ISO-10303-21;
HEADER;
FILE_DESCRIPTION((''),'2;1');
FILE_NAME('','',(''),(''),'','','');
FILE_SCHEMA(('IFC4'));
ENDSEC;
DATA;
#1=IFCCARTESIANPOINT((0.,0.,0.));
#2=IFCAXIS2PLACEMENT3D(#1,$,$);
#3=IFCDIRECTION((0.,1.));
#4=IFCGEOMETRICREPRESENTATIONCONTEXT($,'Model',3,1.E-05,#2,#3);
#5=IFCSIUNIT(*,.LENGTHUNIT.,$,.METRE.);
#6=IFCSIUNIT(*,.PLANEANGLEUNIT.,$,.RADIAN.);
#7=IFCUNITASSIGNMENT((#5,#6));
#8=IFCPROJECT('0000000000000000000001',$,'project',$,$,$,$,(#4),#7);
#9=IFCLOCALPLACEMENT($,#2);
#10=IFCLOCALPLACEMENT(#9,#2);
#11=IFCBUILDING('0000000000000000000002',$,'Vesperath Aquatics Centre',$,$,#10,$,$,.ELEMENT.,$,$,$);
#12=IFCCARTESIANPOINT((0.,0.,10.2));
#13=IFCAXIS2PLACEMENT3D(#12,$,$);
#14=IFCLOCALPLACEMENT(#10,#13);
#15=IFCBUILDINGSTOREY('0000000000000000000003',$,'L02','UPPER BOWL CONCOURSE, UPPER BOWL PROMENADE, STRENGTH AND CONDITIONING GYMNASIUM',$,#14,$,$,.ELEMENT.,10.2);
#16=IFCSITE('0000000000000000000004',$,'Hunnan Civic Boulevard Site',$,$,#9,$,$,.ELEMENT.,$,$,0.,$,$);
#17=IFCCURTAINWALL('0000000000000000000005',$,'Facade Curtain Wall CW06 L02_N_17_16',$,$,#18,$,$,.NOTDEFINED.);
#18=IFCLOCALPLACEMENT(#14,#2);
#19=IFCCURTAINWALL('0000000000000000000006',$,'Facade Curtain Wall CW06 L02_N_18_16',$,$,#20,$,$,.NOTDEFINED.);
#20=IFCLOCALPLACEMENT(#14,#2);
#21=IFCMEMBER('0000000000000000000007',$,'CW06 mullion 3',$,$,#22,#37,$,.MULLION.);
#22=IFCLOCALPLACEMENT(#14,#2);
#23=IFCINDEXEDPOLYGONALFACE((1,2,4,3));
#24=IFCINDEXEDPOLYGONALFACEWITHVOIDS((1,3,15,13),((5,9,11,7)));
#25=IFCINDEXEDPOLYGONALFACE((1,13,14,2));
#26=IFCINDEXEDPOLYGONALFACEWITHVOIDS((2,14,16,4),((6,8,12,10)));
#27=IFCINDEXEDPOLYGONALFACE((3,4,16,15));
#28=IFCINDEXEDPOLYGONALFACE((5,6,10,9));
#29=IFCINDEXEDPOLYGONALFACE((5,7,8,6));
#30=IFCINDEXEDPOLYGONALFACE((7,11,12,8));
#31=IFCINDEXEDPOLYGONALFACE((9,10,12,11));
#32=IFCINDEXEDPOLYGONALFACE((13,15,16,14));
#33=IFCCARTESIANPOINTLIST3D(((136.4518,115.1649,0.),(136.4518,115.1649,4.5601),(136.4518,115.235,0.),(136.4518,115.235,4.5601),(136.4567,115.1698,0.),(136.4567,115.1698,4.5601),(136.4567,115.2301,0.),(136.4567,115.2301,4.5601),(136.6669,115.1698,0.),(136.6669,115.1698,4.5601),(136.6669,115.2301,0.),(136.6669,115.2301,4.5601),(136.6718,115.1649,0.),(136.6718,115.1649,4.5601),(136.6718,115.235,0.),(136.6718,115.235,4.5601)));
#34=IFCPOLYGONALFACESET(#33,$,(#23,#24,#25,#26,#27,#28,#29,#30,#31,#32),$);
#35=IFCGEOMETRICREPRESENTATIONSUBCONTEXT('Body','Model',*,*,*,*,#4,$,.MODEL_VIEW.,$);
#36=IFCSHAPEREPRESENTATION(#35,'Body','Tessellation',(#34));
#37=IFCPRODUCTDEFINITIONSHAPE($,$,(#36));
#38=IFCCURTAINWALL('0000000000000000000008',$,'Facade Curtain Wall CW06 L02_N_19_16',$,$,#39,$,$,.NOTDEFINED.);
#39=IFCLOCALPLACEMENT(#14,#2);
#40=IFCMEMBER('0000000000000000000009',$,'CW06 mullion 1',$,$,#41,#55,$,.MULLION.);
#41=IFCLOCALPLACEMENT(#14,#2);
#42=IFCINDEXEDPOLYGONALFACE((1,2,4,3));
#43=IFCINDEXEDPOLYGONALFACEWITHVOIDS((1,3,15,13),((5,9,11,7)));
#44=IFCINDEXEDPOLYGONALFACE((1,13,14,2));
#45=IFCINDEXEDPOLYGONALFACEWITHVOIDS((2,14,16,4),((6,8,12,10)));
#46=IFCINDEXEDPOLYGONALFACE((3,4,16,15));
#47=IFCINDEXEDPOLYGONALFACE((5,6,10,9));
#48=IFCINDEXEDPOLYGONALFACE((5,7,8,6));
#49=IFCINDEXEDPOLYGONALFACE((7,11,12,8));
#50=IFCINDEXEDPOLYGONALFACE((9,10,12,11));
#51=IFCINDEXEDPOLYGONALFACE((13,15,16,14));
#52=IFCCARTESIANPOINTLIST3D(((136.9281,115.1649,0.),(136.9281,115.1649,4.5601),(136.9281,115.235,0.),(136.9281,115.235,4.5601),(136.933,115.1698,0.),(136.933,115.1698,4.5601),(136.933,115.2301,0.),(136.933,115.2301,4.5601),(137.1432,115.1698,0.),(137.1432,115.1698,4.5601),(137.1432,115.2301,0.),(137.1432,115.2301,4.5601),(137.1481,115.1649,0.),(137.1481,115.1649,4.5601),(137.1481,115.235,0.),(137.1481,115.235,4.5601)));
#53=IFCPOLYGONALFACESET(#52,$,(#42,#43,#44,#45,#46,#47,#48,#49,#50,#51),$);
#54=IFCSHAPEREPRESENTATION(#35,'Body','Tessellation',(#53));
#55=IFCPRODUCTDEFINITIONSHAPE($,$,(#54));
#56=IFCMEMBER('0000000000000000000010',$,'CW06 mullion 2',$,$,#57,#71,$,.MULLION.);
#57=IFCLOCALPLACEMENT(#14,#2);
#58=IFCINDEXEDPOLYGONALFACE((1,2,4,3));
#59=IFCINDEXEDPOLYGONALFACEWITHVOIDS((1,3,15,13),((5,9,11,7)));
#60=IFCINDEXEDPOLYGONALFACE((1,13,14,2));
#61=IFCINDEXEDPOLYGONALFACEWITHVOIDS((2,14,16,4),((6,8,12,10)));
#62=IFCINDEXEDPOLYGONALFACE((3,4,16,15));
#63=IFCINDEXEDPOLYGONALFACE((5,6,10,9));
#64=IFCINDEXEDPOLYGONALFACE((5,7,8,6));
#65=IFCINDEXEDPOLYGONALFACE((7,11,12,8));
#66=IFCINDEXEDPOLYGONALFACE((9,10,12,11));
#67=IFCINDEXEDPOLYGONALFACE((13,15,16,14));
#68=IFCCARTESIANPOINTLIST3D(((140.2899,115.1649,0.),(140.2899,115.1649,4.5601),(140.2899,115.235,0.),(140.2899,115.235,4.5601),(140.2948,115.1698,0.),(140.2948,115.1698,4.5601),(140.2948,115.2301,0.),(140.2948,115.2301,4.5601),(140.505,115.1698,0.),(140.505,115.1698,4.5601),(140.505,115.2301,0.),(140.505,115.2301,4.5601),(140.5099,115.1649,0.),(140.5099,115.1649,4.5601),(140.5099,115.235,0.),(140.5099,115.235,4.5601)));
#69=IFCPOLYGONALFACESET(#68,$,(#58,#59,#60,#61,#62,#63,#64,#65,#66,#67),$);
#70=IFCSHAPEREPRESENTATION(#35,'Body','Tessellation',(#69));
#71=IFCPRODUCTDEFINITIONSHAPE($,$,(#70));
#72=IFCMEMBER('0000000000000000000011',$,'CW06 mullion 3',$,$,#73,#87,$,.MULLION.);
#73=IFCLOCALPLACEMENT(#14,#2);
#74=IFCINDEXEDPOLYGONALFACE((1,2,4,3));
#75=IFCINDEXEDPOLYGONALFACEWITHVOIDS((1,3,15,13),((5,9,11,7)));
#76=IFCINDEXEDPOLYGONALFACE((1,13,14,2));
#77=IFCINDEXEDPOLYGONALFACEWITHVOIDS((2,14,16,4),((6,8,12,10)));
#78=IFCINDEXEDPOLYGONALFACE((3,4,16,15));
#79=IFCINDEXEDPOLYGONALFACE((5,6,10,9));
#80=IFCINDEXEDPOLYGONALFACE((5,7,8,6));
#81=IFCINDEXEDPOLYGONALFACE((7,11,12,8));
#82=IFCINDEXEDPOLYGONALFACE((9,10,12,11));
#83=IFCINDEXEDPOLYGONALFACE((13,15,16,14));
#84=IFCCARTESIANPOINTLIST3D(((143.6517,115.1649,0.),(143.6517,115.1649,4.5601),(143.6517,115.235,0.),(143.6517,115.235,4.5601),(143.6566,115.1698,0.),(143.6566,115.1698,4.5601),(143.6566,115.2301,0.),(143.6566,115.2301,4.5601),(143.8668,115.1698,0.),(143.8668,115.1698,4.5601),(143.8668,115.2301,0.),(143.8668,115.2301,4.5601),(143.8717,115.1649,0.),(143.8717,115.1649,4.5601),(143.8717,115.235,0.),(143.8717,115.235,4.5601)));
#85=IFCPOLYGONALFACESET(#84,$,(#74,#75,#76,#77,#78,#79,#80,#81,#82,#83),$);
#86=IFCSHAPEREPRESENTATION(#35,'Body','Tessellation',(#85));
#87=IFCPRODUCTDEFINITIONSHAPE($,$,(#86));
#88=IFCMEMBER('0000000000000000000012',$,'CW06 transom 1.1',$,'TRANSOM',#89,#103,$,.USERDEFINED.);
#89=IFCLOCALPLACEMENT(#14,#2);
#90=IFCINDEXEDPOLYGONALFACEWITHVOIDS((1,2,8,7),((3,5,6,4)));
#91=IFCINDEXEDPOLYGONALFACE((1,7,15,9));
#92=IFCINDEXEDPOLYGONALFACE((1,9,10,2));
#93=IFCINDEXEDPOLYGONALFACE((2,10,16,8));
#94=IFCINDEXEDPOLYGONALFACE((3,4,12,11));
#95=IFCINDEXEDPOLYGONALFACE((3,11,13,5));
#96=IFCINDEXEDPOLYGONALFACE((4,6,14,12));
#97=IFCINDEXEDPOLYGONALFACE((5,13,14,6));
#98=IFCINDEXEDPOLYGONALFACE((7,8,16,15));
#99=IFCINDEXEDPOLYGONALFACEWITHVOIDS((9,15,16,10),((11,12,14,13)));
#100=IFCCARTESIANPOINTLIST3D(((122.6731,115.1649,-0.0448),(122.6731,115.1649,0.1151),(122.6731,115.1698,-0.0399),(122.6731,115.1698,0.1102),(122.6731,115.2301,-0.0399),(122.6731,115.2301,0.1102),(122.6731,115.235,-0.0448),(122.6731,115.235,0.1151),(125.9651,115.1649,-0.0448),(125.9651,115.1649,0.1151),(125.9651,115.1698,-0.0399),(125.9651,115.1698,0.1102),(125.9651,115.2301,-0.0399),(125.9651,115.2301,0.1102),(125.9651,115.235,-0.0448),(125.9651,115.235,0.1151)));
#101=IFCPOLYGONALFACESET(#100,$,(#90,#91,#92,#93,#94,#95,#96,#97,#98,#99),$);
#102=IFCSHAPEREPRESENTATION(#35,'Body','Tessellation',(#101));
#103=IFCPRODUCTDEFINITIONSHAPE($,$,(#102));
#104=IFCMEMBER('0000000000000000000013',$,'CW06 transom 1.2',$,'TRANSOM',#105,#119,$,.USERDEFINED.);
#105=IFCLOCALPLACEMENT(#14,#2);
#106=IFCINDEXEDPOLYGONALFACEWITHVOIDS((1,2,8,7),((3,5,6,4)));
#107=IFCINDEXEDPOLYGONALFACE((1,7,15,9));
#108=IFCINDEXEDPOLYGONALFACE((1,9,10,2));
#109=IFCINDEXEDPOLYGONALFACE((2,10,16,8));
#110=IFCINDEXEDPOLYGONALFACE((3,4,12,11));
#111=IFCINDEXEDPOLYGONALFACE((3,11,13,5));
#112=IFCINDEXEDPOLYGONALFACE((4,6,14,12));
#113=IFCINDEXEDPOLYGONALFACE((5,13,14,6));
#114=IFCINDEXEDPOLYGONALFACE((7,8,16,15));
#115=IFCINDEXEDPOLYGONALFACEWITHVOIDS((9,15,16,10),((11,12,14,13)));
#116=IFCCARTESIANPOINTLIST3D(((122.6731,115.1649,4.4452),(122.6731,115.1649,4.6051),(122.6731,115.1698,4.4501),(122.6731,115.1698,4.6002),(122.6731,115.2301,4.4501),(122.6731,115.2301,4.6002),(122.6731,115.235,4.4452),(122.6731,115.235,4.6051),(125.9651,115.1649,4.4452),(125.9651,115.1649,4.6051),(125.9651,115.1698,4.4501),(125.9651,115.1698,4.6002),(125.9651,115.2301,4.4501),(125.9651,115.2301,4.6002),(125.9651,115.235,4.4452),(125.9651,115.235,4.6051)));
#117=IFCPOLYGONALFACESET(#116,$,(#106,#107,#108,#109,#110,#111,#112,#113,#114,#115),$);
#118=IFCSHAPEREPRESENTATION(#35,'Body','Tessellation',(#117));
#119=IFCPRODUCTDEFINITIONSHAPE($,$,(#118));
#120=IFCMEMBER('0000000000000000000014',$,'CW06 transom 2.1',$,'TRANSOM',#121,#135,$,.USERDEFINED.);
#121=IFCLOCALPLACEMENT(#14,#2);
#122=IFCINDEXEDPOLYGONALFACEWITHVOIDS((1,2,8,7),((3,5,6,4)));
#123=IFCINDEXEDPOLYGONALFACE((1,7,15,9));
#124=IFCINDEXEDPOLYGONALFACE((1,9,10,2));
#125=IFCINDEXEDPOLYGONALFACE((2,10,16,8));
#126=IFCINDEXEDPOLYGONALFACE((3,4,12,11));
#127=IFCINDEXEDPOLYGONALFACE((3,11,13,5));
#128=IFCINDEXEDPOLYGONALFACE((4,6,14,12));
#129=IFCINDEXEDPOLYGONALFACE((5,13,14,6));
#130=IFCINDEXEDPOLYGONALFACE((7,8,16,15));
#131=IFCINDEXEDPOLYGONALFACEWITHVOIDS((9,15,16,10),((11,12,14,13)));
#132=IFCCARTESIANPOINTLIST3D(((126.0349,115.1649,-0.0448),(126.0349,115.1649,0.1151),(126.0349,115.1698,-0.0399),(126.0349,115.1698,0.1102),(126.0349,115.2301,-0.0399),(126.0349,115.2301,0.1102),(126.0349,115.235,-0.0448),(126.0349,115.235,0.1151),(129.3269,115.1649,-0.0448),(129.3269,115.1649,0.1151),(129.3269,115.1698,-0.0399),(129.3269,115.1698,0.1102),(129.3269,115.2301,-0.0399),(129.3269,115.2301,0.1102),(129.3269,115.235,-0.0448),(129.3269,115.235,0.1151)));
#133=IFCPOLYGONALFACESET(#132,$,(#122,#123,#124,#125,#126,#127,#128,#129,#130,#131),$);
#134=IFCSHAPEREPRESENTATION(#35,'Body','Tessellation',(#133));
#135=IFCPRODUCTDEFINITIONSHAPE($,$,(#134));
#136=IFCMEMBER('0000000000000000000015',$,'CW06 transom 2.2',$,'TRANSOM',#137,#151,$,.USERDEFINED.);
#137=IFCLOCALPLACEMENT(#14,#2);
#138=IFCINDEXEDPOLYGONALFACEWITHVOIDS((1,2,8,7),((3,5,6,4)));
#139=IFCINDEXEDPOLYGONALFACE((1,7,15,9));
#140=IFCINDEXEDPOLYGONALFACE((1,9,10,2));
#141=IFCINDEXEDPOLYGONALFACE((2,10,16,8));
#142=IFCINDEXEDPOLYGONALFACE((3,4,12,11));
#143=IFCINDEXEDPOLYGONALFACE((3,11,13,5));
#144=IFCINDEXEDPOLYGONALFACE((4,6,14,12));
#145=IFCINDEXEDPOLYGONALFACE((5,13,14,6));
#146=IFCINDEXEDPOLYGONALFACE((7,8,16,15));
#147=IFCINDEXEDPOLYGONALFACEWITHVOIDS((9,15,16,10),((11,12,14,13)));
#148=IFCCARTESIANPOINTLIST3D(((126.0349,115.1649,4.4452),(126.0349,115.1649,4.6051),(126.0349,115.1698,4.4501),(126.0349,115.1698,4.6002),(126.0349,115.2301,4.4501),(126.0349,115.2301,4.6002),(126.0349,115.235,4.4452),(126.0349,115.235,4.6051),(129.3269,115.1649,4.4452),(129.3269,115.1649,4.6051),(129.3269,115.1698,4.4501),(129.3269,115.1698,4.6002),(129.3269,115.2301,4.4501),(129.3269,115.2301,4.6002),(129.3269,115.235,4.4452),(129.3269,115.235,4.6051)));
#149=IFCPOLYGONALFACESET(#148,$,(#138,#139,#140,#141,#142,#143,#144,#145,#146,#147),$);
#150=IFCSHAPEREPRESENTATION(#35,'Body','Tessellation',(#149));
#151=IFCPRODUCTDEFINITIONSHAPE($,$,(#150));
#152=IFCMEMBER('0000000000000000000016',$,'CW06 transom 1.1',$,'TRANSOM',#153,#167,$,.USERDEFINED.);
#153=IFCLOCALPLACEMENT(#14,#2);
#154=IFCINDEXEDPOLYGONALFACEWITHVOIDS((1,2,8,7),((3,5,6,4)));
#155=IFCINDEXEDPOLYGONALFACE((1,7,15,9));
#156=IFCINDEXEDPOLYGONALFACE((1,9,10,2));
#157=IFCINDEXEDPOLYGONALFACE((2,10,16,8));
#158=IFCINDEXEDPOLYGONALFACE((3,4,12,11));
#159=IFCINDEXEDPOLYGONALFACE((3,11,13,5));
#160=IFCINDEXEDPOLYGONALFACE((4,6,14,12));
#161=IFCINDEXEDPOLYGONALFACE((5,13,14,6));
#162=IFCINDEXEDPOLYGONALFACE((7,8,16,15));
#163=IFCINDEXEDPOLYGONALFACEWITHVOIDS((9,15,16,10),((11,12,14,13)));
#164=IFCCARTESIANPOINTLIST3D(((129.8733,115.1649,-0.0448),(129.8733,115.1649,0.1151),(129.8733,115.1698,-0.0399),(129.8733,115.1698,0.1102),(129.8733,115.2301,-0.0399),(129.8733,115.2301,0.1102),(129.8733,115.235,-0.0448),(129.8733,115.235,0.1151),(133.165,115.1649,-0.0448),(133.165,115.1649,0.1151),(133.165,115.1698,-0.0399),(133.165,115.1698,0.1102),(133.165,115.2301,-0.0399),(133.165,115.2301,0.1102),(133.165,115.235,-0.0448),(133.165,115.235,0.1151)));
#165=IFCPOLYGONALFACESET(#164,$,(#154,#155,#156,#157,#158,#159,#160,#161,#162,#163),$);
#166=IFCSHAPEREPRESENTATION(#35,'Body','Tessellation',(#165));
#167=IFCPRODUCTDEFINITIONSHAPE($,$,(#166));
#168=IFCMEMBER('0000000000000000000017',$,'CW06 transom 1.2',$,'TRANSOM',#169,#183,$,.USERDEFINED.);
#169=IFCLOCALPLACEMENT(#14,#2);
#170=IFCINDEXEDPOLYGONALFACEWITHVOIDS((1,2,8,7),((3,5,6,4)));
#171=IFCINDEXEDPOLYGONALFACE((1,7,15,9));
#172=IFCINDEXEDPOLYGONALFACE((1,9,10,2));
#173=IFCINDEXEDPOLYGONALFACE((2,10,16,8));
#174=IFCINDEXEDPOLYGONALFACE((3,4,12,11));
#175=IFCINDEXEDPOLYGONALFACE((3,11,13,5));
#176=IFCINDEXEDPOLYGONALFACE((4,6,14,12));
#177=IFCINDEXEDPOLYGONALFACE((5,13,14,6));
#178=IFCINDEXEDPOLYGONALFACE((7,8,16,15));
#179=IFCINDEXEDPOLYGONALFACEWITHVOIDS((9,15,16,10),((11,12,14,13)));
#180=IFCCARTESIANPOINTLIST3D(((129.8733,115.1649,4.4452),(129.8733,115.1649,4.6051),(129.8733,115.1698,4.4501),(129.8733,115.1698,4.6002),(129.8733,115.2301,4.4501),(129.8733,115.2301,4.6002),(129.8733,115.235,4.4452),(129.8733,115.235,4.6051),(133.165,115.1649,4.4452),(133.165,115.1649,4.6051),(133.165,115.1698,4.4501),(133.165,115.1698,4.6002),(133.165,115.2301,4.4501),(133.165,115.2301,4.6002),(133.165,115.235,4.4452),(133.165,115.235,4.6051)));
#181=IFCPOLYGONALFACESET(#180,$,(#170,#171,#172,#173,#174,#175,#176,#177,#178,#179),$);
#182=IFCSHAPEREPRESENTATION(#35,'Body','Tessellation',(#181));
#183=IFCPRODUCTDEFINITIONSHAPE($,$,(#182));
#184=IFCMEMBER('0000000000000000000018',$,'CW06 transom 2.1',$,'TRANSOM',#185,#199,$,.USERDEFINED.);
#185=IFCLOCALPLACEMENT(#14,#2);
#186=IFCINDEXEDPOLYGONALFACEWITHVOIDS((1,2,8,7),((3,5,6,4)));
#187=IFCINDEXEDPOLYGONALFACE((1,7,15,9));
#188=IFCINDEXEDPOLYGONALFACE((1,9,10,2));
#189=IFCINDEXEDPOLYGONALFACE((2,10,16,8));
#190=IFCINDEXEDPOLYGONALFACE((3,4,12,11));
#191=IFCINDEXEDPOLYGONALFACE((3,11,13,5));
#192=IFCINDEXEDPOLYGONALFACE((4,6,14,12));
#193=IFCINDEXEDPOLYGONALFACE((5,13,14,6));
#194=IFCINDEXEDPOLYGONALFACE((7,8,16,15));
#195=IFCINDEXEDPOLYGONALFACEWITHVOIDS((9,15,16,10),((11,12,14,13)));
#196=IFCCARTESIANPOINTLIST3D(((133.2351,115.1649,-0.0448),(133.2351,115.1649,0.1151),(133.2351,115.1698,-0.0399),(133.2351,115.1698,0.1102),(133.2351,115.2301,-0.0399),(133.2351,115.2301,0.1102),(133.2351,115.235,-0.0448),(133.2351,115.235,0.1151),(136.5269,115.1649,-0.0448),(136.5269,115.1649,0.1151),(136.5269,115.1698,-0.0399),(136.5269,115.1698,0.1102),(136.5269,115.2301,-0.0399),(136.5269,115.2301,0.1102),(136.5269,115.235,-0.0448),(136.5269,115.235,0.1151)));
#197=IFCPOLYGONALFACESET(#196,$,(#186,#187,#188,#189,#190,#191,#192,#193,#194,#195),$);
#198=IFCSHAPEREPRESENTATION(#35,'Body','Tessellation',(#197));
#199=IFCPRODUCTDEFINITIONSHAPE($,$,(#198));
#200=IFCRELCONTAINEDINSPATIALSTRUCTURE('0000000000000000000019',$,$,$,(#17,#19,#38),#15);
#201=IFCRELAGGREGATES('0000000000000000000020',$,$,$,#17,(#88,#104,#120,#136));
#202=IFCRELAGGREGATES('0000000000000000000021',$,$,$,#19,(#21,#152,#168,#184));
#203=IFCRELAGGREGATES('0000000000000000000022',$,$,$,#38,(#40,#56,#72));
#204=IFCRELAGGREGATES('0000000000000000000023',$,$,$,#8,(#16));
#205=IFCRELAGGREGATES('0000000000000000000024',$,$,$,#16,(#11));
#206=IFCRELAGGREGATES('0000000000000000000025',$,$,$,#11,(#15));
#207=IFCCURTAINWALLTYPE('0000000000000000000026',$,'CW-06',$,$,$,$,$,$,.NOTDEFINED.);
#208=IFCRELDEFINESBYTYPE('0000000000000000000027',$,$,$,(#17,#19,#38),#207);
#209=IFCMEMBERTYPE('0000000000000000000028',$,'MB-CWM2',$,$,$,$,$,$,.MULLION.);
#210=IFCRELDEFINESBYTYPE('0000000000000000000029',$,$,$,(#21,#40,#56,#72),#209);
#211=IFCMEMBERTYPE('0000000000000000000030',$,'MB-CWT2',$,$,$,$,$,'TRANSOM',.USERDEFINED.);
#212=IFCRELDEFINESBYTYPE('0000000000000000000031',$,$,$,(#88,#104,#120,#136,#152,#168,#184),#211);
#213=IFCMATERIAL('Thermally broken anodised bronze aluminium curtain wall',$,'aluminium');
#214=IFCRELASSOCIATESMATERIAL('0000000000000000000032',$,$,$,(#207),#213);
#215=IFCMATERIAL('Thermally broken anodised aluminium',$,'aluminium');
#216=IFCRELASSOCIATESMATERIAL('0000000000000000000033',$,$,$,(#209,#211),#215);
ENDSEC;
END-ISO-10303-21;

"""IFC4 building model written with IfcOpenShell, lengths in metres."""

from ifc_helpers import new_model, si_unit, direction, frame, origin, origin_2d, place, context, subcontext, project, spatial, hollow_rectangle, extrude, material, material_profile, profile_set, type_object, element, aggregate, save


model = new_model("IFC4")

# Units and contexts
model_context = context("Model", 3, precision=1e-05, world=origin(), true_north=direction((0.0, 1.0)))
body_context = subcontext(model_context, "Body", "Model", "MODEL_VIEW")
ifc_project = project(units=[si_unit("LENGTHUNIT", "METRE"), si_unit("PLANEANGLEUNIT", "RADIAN")], contexts=[model_context])

# Site, building, storey
site_placement = place(None, origin())
site = spatial("IfcSite", under=ifc_project, at=site_placement, Name="Hunnan Civic Boulevard Site", CompositionType="ELEMENT", RefElevation=0.0)
building_placement = place(site_placement, origin())
building = spatial("IfcBuilding", under=site, at=building_placement, Name="Vesperath Aquatics Centre", CompositionType="ELEMENT")
storey_placement = place(building_placement, frame((0.0, 0.0, 10.2)))
storey = spatial("IfcBuildingStorey", under=building, at=storey_placement, Name="L02", Description="UPPER BOWL CONCOURSE, UPPER BOWL PROMENADE, STRENGTH AND CONDITIONING GYMNASIUM", CompositionType="ELEMENT", Elevation=10.2)

# Curtain walls, members
ifc_material_1 = material(Name="Thermally broken anodised bronze aluminium curtain wall", Category="aluminium")
curtain_wall_type = type_object("IfcCurtainWallType", Name="CW-06", PredefinedType="NOTDEFINED", material=ifc_material_1)
curtain_wall_1_placement = place(storey_placement, origin())
curtain_wall_1 = element("IfcCurtainWall", 1, at=curtain_wall_1_placement, inside=storey, type_object=curtain_wall_type, Name="Facade Curtain Wall CW06 L02_N_17_16", PredefinedType="NOTDEFINED")
ifc_material_2 = material(Name="Thermally broken anodised aluminium", Category="aluminium")
ifc_material_profile_1 = material_profile(ifc_material_2, hollow_rectangle(XDim=0.0701, YDim=0.22, WallThickness=0.0049, at=origin_2d()), Name="CWM 70x220x5")
ifc_profile_set_1 = profile_set([ifc_material_profile_1], Name="Thermally broken anodised aluminium")
member_type_1 = type_object("IfcMemberType", Name="MB-CWM2", PredefinedType="MULLION", material=ifc_profile_set_1)
curtain_wall_2_placement = place(storey_placement, origin())
curtain_wall_2 = element("IfcCurtainWall", 2, at=curtain_wall_2_placement, inside=storey, type_object=curtain_wall_type, Name="Facade Curtain Wall CW06 L02_N_18_16", PredefinedType="NOTDEFINED")
member_1_placement = place(storey_placement, frame((136.5618, 115.2, 0.0), z_axis=(0.0, 0.0, 1.0), x_axis=(0.0, 1.0, 0.0)))
member_1 = element("IfcMember", 3, at=member_1_placement, type_object=member_type_1, Name="CW06 mullion 3", PredefinedType="MULLION", context=body_context, shape_type="SweptSolid", body=[
    extrude(hollow_rectangle(XDim=0.0701, YDim=0.22, WallThickness=0.0049, at=origin_2d()), origin(), (0.0, 0.0, 1.0), 4.5601),
])
curtain_wall_3_placement = place(storey_placement, origin())
curtain_wall_3 = element("IfcCurtainWall", 4, at=curtain_wall_3_placement, inside=storey, type_object=curtain_wall_type, Name="Facade Curtain Wall CW06 L02_N_19_16", PredefinedType="NOTDEFINED")
member_2_placement = place(storey_placement, frame((137.0381, 115.2, 0.0), z_axis=(0.0, 0.0, 1.0), x_axis=(0.0, 1.0, 0.0)))
member_2 = element("IfcMember", 5, at=member_2_placement, type_object=member_type_1, Name="CW06 mullion 1", PredefinedType="MULLION", context=body_context, shape_type="SweptSolid", body=[
    extrude(hollow_rectangle(XDim=0.0701, YDim=0.22, WallThickness=0.0049, at=origin_2d()), origin(), (0.0, 0.0, 1.0), 4.5601),
])
member_3_placement = place(storey_placement, frame((140.3999, 115.2, 0.0), z_axis=(0.0, 0.0, 1.0), x_axis=(0.0, 1.0, 0.0)))
member_3 = element("IfcMember", 6, at=member_3_placement, type_object=member_type_1, Name="CW06 mullion 2", PredefinedType="MULLION", context=body_context, shape_type="SweptSolid", body=[
    extrude(hollow_rectangle(XDim=0.0701, YDim=0.22, WallThickness=0.0049, at=origin_2d()), origin(), (0.0, 0.0, 1.0), 4.5601),
])
member_4_placement = place(storey_placement, frame((143.7617, 115.2, 0.0), z_axis=(0.0, 0.0, 1.0), x_axis=(0.0, 1.0, 0.0)))
member_4 = element("IfcMember", 7, at=member_4_placement, type_object=member_type_1, Name="CW06 mullion 3", PredefinedType="MULLION", context=body_context, shape_type="SweptSolid", body=[
    extrude(hollow_rectangle(XDim=0.0701, YDim=0.22, WallThickness=0.0049, at=origin_2d()), origin(), (0.0, 0.0, 1.0), 4.5601),
])

# Members
ifc_material_profile_2 = material_profile(ifc_material_2, hollow_rectangle(XDim=0.0701, YDim=0.1599, WallThickness=0.0049, at=origin_2d()), Name="CWT 70x160x5")
ifc_profile_set_2 = profile_set([ifc_material_profile_2], Name="Thermally broken anodised aluminium")
member_type_2 = type_object("IfcMemberType", Name="MB-CWT2", ElementType="TRANSOM", PredefinedType="USERDEFINED", material=ifc_profile_set_2)
member_5_placement = place(storey_placement, frame((122.6731, 115.2, 0.0352), z_axis=(1.0, 0.0, 0.0), x_axis=(0.0, 1.0, 0.0)))
member_5 = element("IfcMember", 8, at=member_5_placement, type_object=member_type_2, Name="CW06 transom 1.1", ObjectType="TRANSOM", PredefinedType="USERDEFINED", context=body_context, shape_type="SweptSolid", body=[
    extrude(hollow_rectangle(XDim=0.0701, YDim=0.1599, WallThickness=0.0049, at=origin_2d()), origin(), (0.0, 0.0, 1.0), 3.292),
])
member_6_placement = place(storey_placement, frame((122.6731, 115.2, 4.5251), z_axis=(1.0, 0.0, 0.0), x_axis=(0.0, 1.0, 0.0)))
member_6 = element("IfcMember", 9, at=member_6_placement, type_object=member_type_2, Name="CW06 transom 1.2", ObjectType="TRANSOM", PredefinedType="USERDEFINED", context=body_context, shape_type="SweptSolid", body=[
    extrude(hollow_rectangle(XDim=0.0701, YDim=0.1599, WallThickness=0.0049, at=origin_2d()), origin(), (0.0, 0.0, 1.0), 3.292),
])
member_7_placement = place(storey_placement, frame((126.0349, 115.2, 0.0352), z_axis=(1.0, 0.0, 0.0), x_axis=(0.0, 1.0, 0.0)))
member_7 = element("IfcMember", 10, at=member_7_placement, type_object=member_type_2, Name="CW06 transom 2.1", ObjectType="TRANSOM", PredefinedType="USERDEFINED", context=body_context, shape_type="SweptSolid", body=[
    extrude(hollow_rectangle(XDim=0.0701, YDim=0.1599, WallThickness=0.0049, at=origin_2d()), origin(), (0.0, 0.0, 1.0), 3.292),
])
member_8_placement = place(storey_placement, frame((126.0349, 115.2, 4.5251), z_axis=(1.0, 0.0, 0.0), x_axis=(0.0, 1.0, 0.0)))
member_8 = element("IfcMember", 11, at=member_8_placement, type_object=member_type_2, Name="CW06 transom 2.2", ObjectType="TRANSOM", PredefinedType="USERDEFINED", context=body_context, shape_type="SweptSolid", body=[
    extrude(hollow_rectangle(XDim=0.0701, YDim=0.1599, WallThickness=0.0049, at=origin_2d()), origin(), (0.0, 0.0, 1.0), 3.292),
])
member_9_placement = place(storey_placement, frame((129.8733, 115.2, 0.0352), z_axis=(1.0, 0.0, 0.0), x_axis=(0.0, 1.0, 0.0)))
member_9 = element("IfcMember", 12, at=member_9_placement, type_object=member_type_2, Name="CW06 transom 1.1", ObjectType="TRANSOM", PredefinedType="USERDEFINED", context=body_context, shape_type="SweptSolid", body=[
    extrude(hollow_rectangle(XDim=0.0701, YDim=0.1599, WallThickness=0.0049, at=origin_2d()), origin(), (0.0, 0.0, 1.0), 3.2917),
])
member_10_placement = place(storey_placement, frame((129.8733, 115.2, 4.5251), z_axis=(1.0, 0.0, 0.0), x_axis=(0.0, 1.0, 0.0)))
member_10 = element("IfcMember", 13, at=member_10_placement, type_object=member_type_2, Name="CW06 transom 1.2", ObjectType="TRANSOM", PredefinedType="USERDEFINED", context=body_context, shape_type="SweptSolid", body=[
    extrude(hollow_rectangle(XDim=0.0701, YDim=0.1599, WallThickness=0.0049, at=origin_2d()), origin(), (0.0, 0.0, 1.0), 3.2917),
])
member_11_placement = place(storey_placement, frame((133.2351, 115.2, 0.0352), z_axis=(1.0, 0.0, 0.0), x_axis=(0.0, 1.0, 0.0)))
member_11 = element("IfcMember", 14, at=member_11_placement, type_object=member_type_2, Name="CW06 transom 2.1", ObjectType="TRANSOM", PredefinedType="USERDEFINED", context=body_context, shape_type="SweptSolid", body=[
    extrude(hollow_rectangle(XDim=0.0701, YDim=0.1599, WallThickness=0.0049, at=origin_2d()), origin(), (0.0, 0.0, 1.0), 3.2917),
])

aggregate(curtain_wall_1, [member_5, member_6, member_7, member_8])
aggregate(curtain_wall_2, [member_1, member_9, member_10, member_11])
aggregate(curtain_wall_3, [member_2, member_3, member_4])

save(model, "model.ifc")
